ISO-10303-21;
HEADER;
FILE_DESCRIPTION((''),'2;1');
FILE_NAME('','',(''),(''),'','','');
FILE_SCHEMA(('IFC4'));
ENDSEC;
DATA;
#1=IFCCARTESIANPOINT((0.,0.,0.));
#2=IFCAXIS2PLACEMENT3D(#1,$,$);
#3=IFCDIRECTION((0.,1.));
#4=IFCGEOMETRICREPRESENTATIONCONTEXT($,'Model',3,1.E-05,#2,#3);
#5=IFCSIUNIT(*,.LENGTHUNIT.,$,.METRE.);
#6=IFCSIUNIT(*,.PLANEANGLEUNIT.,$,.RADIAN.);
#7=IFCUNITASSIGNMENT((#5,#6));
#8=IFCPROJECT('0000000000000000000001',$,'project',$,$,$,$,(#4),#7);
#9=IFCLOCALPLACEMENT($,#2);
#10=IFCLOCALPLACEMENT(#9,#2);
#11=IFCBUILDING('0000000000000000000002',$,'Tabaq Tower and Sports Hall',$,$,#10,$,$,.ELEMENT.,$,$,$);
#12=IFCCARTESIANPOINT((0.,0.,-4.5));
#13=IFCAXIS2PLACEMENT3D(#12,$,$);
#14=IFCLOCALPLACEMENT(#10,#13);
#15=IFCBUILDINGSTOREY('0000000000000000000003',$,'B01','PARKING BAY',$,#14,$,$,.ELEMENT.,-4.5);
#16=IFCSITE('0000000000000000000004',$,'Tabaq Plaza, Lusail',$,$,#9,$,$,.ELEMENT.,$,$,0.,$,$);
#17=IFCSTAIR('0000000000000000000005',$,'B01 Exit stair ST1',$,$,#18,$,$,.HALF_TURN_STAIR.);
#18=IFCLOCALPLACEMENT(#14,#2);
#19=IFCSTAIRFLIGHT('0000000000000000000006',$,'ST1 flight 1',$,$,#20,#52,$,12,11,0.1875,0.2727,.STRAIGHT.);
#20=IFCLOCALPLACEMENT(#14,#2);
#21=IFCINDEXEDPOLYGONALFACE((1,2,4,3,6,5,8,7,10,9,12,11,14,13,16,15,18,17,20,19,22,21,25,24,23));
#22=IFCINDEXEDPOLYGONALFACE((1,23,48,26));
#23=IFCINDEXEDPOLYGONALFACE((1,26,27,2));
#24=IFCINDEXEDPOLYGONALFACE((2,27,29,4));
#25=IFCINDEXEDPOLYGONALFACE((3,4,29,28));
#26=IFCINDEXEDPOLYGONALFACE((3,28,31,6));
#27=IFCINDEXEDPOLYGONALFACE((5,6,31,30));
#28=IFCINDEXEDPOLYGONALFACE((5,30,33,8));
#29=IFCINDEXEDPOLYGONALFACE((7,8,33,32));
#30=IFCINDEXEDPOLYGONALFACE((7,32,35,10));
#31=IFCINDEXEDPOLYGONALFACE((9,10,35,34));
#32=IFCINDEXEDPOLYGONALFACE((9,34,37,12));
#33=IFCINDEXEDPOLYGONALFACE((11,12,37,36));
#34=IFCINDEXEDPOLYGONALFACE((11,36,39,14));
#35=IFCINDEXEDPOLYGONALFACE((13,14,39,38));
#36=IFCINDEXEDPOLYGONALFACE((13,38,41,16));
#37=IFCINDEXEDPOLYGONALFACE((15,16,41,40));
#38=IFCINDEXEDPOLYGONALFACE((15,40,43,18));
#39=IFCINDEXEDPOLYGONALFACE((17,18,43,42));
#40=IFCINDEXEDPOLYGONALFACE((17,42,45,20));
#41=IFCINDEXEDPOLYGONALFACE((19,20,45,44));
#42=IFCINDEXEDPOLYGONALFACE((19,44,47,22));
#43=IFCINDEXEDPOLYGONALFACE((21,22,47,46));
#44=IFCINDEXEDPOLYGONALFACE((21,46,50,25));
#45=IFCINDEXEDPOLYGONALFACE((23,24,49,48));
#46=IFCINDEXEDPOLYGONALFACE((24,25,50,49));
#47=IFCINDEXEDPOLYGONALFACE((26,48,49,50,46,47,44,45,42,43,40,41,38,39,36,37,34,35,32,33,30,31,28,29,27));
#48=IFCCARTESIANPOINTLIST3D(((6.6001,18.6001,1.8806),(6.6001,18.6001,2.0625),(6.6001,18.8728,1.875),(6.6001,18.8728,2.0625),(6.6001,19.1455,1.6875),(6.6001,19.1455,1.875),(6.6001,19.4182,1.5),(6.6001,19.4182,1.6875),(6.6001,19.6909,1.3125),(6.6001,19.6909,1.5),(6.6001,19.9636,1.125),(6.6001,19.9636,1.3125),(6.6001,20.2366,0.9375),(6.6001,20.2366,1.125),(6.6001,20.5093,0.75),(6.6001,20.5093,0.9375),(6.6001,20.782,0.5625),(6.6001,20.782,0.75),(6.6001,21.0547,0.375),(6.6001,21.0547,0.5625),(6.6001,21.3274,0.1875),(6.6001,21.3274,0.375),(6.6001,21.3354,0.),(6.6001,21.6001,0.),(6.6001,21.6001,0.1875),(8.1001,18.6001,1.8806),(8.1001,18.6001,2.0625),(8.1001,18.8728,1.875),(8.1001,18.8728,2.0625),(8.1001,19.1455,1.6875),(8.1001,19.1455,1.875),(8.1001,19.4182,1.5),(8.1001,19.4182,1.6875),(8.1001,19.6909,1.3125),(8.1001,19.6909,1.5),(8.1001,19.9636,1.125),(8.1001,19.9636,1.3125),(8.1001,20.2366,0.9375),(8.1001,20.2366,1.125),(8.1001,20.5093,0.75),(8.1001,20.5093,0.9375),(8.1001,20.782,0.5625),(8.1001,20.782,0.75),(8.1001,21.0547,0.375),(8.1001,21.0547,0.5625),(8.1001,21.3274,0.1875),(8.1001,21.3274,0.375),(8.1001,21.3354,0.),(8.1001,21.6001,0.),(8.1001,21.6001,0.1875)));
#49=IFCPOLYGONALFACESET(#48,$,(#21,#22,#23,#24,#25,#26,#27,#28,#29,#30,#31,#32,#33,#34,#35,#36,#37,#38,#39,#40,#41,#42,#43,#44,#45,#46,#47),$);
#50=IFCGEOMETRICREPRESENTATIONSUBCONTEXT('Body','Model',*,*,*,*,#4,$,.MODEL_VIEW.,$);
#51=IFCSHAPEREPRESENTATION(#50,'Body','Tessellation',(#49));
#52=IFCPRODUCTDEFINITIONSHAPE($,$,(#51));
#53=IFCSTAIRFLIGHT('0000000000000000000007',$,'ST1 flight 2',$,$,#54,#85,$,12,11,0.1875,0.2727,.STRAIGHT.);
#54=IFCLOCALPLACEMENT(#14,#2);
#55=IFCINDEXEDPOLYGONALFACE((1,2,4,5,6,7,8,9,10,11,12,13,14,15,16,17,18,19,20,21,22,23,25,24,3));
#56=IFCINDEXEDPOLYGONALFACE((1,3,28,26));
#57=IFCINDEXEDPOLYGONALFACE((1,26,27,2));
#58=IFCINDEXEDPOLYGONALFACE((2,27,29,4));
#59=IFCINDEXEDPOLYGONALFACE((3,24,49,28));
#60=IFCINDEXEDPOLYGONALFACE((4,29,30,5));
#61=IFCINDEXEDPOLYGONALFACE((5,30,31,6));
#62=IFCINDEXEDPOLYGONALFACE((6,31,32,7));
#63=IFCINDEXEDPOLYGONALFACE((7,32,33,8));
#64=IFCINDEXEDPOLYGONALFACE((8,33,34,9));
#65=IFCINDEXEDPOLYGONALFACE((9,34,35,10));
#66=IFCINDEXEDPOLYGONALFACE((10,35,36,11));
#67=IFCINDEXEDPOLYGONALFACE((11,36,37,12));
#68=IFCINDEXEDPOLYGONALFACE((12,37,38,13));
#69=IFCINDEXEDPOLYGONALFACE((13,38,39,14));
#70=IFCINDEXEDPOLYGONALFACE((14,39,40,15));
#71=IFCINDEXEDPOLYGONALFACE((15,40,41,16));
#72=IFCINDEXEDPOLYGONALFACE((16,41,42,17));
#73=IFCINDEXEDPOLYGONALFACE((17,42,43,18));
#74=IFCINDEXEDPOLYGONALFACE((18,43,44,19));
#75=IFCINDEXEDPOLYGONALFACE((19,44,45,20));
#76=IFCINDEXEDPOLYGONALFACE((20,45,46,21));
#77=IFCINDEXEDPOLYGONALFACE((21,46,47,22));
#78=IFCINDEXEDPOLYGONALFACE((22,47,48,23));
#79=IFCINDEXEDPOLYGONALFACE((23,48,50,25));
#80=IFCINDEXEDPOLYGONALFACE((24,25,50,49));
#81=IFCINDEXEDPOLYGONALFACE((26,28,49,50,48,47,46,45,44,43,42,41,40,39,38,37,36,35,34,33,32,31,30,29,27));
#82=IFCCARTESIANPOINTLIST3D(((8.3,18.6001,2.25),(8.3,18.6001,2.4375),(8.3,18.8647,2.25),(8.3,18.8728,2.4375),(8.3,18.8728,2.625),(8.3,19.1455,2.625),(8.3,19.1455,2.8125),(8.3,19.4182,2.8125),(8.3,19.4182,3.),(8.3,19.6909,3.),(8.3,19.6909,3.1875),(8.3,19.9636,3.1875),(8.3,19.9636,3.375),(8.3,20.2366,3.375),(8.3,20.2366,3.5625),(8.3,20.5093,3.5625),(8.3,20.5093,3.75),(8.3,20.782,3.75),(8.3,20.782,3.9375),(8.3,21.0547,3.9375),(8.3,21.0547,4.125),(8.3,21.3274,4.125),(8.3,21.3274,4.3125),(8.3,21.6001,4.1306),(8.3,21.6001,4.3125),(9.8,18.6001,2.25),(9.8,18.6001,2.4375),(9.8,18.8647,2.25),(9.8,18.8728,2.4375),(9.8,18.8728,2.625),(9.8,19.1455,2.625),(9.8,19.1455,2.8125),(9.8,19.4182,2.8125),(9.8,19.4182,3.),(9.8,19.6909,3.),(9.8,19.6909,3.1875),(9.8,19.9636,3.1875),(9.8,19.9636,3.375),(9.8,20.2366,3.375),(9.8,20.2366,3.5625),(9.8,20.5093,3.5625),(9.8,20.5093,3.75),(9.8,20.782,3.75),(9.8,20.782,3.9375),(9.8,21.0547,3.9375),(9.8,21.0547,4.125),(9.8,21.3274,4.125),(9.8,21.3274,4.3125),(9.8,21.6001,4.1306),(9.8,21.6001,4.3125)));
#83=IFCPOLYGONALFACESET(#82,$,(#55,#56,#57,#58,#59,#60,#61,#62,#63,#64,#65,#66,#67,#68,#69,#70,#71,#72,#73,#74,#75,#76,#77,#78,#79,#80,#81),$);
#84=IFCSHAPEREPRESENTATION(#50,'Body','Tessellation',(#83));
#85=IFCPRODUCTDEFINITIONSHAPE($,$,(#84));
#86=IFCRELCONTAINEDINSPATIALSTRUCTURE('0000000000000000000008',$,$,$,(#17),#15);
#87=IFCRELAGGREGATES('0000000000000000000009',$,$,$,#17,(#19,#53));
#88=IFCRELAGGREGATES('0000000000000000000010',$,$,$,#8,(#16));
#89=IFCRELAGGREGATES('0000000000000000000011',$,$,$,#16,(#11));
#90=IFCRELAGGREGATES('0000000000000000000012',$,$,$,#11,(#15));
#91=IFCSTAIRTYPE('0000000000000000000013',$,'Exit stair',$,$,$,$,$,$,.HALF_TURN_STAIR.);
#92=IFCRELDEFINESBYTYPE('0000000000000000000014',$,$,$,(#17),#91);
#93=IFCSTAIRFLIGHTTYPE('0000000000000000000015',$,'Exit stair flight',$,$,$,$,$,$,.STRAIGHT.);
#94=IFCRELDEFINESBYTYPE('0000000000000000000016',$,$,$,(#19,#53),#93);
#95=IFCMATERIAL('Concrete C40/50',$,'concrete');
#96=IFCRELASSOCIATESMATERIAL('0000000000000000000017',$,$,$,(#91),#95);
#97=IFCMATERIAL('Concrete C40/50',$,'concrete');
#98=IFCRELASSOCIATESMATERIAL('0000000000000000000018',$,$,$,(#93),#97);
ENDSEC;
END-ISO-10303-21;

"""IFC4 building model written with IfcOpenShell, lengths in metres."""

from ifc_helpers import new_model, si_unit, direction, frame, origin, place, context, subcontext, project, spatial, polyline, outline, extrude, material, type_object, element, aggregate, save


model = new_model("IFC4")

# Units and contexts
model_context = context("Model", 3, precision=1e-05, world=origin(), true_north=direction((0.0, 1.0)))
body_context = subcontext(model_context, "Body", "Model", "MODEL_VIEW")
ifc_project = project(units=[si_unit("LENGTHUNIT", "METRE"), si_unit("PLANEANGLEUNIT", "RADIAN")], contexts=[model_context])

# Site, building, storey
site_placement = place(None, origin())
site = spatial("IfcSite", under=ifc_project, at=site_placement, Name="Tabaq Plaza, Lusail", CompositionType="ELEMENT", RefElevation=0.0)
building_placement = place(site_placement, origin())
building = spatial("IfcBuilding", under=site, at=building_placement, Name="Tabaq Tower and Sports Hall", CompositionType="ELEMENT")
storey_placement = place(building_placement, frame((0.0, 0.0, -4.5)))
storey = spatial("IfcBuildingStorey", under=building, at=storey_placement, Name="B01", Description="PARKING BAY", CompositionType="ELEMENT", Elevation=-4.5)

# Stair, stair flights
ifc_material_1 = material(Name="Concrete C40/50", Category="concrete")
stair_type = type_object("IfcStairType", Name="Exit stair", PredefinedType="HALF_TURN_STAIR", material=ifc_material_1)
stair_placement = place(storey_placement, origin())
stair = element("IfcStair", 1, at=stair_placement, inside=storey, type_object=stair_type, Name="B01 Exit stair ST1", PredefinedType="HALF_TURN_STAIR")
ifc_material_2 = material(Name="Concrete C40/50", Category="concrete")
stair_flight_type = type_object("IfcStairFlightType", Name="Exit stair flight", PredefinedType="STRAIGHT", material=ifc_material_2)
stair_flight_1_placement = place(storey_placement, frame((7.3501, 21.6001, 0.0), z_axis=(0.0, 0.0, 1.0), x_axis=(0.0, -1.0, 0.0)))
stair_flight_1 = element("IfcStairFlight", 2, at=stair_flight_1_placement, type_object=stair_flight_type, Name="ST1 flight 1", NumberOfRisers=12, NumberOfTreads=11, PredefinedType="STRAIGHT", RiserHeight=0.1875, TreadLength=0.2727, context=body_context, shape_type="SweptSolid", body=[
    extrude(outline(polyline([(0.0, 0.0), (0.0, 0.1875), (0.2727, 0.1875), (0.2727, 0.375), (0.5454, 0.375), (0.5454, 0.5625), (0.8181, 0.5625), (0.8181, 0.75), (1.0908, 0.75), (1.0908, 0.9375), (1.3635, 0.9375), (1.3635, 1.125), (1.6365, 1.125), (1.6365, 1.3125), (1.9092, 1.3125), (1.9092, 1.5), (2.1819, 1.5), (2.1819, 1.6875), (2.4546, 1.6875), (2.4546, 1.875), (2.7273, 1.875), (2.7273, 2.0625), (3.0, 2.0625), (3.0, 2.25), (3.0, 1.8806), (0.2646, 0.0), (0.0, 0.0)])), frame((0.0, 0.75, 0.0), z_axis=(0.0, -1.0, 0.0), x_axis=(1.0, 0.0, 0.0)), (0.0, 0.0, 1.0), 1.5),
])
stair_flight_2_placement = place(storey_placement, frame((9.05, 18.6001, 2.25), z_axis=(0.0, 0.0, 1.0), x_axis=(0.0, 1.0, 0.0)))
stair_flight_2 = element("IfcStairFlight", 3, at=stair_flight_2_placement, type_object=stair_flight_type, Name="ST1 flight 2", NumberOfRisers=12, NumberOfTreads=11, PredefinedType="STRAIGHT", RiserHeight=0.1875, TreadLength=0.2727, context=body_context, shape_type="SweptSolid", body=[
    extrude(outline(polyline([(0.0, 0.0), (0.0, 0.1875), (0.2727, 0.1875), (0.2727, 0.375), (0.5454, 0.375), (0.5454, 0.5625), (0.8181, 0.5625), (0.8181, 0.75), (1.0908, 0.75), (1.0908, 0.9375), (1.3635, 0.9375), (1.3635, 1.125), (1.6365, 1.125), (1.6365, 1.3125), (1.9092, 1.3125), (1.9092, 1.5), (2.1819, 1.5), (2.1819, 1.6875), (2.4546, 1.6875), (2.4546, 1.875), (2.7273, 1.875), (2.7273, 2.0625), (3.0, 2.0625), (3.0, 2.25), (3.0, 1.8806), (0.2646, 0.0), (0.0, 0.0)])), frame((0.0, 0.75, 0.0), z_axis=(0.0, -1.0, 0.0), x_axis=(1.0, 0.0, 0.0)), (0.0, 0.0, 1.0), 1.5),
])
aggregate(stair, [stair_flight_1, stair_flight_2])

save(model, "model.ifc")
